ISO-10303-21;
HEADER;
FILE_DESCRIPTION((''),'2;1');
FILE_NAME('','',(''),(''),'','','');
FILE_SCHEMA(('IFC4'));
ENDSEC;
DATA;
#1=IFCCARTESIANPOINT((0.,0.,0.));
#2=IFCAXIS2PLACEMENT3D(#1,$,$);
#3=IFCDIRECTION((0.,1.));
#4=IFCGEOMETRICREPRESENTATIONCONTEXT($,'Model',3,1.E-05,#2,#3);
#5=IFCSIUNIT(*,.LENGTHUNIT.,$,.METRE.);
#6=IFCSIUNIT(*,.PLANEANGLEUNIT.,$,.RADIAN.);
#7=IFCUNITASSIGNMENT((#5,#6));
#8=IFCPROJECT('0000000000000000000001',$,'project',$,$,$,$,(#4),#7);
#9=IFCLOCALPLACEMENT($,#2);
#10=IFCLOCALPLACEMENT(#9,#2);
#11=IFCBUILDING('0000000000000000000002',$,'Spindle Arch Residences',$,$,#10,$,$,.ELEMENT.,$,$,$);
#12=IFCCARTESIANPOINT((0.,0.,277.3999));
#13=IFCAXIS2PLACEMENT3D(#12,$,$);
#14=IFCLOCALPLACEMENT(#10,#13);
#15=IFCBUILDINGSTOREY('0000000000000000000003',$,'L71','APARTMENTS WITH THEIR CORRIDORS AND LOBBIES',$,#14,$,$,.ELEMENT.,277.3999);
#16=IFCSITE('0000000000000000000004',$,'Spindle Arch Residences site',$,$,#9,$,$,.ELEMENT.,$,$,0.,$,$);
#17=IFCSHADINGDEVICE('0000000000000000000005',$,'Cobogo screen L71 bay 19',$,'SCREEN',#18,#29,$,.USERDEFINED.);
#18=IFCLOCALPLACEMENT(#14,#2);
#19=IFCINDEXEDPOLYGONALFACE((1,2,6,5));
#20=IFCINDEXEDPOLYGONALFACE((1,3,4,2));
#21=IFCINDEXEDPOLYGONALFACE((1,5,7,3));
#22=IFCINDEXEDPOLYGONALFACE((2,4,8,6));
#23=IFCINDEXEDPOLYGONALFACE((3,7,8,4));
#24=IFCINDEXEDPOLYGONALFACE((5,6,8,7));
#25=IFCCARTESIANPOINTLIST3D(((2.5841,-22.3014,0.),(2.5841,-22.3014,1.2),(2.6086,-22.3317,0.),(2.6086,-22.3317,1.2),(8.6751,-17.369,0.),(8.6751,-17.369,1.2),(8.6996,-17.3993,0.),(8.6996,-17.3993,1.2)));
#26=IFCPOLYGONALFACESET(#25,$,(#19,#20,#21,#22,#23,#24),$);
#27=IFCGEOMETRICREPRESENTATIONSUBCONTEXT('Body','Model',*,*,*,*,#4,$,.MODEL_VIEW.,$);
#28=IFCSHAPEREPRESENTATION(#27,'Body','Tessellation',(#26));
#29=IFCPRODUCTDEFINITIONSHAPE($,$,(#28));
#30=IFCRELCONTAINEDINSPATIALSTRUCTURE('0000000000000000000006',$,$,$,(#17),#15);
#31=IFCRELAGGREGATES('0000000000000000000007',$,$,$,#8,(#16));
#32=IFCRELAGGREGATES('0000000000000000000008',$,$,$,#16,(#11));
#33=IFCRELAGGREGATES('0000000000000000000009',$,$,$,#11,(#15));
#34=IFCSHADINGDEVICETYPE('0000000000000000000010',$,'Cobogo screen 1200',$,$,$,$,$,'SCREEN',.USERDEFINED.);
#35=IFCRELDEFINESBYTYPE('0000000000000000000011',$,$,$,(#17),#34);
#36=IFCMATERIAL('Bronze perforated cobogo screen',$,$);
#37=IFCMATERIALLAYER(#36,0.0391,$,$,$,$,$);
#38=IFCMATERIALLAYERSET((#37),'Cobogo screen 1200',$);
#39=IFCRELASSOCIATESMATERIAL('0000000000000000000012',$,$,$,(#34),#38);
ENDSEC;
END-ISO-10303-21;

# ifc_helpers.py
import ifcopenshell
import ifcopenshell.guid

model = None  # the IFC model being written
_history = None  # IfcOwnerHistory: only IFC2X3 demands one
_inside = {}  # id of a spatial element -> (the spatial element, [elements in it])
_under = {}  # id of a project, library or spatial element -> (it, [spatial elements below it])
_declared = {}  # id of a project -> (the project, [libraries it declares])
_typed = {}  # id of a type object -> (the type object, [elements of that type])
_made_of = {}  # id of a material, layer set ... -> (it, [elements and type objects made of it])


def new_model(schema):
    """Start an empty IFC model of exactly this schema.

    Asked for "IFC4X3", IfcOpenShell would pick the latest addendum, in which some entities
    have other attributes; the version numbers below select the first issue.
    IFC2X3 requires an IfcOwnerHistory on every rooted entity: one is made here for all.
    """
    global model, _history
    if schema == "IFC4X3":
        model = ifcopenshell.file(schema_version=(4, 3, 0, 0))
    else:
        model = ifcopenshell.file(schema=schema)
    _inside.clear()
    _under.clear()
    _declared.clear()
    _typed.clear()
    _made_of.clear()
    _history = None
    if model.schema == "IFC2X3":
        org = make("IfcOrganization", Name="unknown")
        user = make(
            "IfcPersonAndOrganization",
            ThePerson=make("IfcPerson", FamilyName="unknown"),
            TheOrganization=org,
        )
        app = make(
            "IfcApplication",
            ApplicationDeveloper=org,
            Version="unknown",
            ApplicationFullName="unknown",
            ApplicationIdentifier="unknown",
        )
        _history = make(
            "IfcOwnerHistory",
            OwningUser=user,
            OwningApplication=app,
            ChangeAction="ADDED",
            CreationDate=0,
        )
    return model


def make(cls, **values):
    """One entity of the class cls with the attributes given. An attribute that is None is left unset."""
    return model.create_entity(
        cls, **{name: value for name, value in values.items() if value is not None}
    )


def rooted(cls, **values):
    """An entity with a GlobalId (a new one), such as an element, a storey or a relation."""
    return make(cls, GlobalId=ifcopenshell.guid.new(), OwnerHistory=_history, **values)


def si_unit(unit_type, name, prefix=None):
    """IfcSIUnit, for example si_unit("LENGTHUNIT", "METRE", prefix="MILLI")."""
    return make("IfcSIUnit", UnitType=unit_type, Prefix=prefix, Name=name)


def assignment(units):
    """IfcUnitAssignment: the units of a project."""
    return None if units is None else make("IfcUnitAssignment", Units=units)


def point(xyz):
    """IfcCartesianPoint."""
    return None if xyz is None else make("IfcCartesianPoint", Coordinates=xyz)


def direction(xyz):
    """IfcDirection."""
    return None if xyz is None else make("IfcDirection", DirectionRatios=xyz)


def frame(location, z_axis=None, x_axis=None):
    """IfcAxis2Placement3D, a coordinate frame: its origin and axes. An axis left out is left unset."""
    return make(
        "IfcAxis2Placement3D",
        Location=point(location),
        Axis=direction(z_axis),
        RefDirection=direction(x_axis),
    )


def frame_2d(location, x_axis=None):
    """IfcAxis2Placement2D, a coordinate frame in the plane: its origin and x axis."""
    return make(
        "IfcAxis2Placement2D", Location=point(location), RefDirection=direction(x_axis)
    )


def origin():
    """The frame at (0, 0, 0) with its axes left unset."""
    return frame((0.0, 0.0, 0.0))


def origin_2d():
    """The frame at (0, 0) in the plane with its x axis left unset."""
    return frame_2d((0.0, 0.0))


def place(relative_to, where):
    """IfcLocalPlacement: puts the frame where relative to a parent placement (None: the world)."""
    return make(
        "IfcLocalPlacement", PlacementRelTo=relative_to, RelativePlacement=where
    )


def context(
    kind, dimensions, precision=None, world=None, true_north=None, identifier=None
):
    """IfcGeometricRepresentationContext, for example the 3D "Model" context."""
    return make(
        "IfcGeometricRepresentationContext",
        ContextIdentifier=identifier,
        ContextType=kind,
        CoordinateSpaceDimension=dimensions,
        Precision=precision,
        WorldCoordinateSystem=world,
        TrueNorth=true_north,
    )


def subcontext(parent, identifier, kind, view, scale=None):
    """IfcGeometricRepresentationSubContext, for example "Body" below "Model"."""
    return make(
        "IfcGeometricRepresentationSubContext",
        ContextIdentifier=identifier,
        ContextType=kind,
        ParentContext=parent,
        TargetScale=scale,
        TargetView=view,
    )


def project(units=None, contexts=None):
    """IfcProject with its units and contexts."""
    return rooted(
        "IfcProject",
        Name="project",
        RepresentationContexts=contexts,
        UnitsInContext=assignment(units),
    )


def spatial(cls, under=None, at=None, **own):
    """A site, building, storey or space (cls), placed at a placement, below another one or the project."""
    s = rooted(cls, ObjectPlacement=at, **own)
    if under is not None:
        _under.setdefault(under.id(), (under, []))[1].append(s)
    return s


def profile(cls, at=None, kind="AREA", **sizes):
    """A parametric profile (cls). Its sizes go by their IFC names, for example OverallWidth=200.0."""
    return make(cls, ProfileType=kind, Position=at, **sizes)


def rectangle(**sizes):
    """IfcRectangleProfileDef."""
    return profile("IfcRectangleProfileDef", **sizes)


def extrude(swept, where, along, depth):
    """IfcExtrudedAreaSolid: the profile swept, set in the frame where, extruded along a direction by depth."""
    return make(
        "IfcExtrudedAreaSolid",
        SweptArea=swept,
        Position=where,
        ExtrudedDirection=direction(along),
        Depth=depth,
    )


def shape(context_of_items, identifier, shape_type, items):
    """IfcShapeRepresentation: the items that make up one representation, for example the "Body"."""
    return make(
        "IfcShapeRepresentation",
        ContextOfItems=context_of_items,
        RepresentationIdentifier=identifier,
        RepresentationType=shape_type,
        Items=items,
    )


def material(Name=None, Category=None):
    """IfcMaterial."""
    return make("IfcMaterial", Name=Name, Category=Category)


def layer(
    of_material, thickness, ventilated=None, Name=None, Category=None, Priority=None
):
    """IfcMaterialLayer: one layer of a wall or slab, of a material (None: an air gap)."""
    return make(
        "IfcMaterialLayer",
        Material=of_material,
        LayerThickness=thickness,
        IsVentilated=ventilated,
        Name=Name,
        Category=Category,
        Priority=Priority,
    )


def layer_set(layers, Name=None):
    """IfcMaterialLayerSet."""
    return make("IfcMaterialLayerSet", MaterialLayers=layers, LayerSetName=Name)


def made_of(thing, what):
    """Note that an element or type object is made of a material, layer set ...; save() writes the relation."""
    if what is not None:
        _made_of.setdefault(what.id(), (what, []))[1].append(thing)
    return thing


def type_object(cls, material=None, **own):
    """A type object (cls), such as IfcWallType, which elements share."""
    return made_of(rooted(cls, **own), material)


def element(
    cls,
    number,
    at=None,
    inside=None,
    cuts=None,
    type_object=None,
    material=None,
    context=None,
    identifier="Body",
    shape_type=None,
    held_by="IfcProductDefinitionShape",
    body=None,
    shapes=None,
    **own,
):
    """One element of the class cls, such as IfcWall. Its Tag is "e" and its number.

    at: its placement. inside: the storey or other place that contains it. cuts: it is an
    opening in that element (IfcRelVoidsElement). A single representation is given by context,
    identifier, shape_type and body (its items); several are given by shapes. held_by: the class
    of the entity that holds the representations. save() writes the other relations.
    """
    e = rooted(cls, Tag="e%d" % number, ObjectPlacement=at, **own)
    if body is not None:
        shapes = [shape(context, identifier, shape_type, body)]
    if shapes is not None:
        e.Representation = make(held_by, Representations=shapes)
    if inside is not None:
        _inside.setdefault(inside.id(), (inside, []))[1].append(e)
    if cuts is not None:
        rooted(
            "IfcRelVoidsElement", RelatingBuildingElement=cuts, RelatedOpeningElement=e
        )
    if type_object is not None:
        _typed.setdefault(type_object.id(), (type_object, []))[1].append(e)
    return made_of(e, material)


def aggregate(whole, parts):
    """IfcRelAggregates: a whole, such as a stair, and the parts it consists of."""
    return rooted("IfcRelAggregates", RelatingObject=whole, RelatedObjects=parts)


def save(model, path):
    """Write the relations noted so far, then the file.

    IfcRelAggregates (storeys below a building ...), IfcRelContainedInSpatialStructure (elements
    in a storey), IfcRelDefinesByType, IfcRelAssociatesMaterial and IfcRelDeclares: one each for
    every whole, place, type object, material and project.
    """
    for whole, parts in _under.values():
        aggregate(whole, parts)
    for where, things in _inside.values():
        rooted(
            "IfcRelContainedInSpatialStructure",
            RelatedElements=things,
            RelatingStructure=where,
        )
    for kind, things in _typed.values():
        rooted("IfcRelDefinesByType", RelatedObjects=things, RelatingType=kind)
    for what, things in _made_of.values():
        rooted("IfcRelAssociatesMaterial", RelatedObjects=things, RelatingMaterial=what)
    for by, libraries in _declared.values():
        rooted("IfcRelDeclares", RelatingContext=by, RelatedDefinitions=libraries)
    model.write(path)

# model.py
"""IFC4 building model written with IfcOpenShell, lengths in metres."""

from ifc_helpers import new_model, si_unit, direction, frame, origin, origin_2d, place, context, subcontext, project, spatial, rectangle, extrude, material, layer, layer_set, type_object, element, save


model = new_model("IFC4")

# Units and contexts
model_context = context("Model", 3, precision=1e-05, world=origin(), true_north=direction((0.0, 1.0)))
body_context = subcontext(model_context, "Body", "Model", "MODEL_VIEW")
ifc_project = project(units=[si_unit("LENGTHUNIT", "METRE"), si_unit("PLANEANGLEUNIT", "RADIAN")], contexts=[model_context])

# Site, building, storey
site_placement = place(None, origin())
site = spatial("IfcSite", under=ifc_project, at=site_placement, Name="Spindle Arch Residences site", CompositionType="ELEMENT", RefElevation=0.0)
building_placement = place(site_placement, origin())
building = spatial("IfcBuilding", under=site, at=building_placement, Name="Spindle Arch Residences", CompositionType="ELEMENT")
storey_placement = place(building_placement, frame((0.0, 0.0, 277.3999)))
storey = spatial("IfcBuildingStorey", under=building, at=storey_placement, Name="L71", Description="APARTMENTS WITH THEIR CORRIDORS AND LOBBIES", CompositionType="ELEMENT", Elevation=277.3999)

# Shading device
ifc_material_1 = material(Name="Bronze perforated cobogo screen")
ifc_layer_1 = layer(ifc_material_1, 0.0391)
ifc_layer_set_1 = layer_set([ifc_layer_1], Name="Cobogo screen 1200")
shading_device_type = type_object("IfcShadingDeviceType", Name="Cobogo screen 1200", ElementType="SCREEN", PredefinedType="USERDEFINED", material=ifc_layer_set_1)
shading_device_placement = place(storey_placement, frame((5.6418, -19.8503, 0.0), z_axis=(0.0, 0.0, 1.0), x_axis=(0.777146, 0.62932, 0.0)))
element("IfcShadingDevice", 1, at=shading_device_placement, inside=storey, type_object=shading_device_type, Name="Cobogo screen L71 bay 19", ObjectType="SCREEN", PredefinedType="USERDEFINED", context=body_context, shape_type="SweptSolid", body=[
    extrude(rectangle(XDim=7.8376, YDim=0.0391, at=origin_2d()), origin(), (0.0, 0.0, 1.0), 1.2),
])

save(model, "model.ifc")
